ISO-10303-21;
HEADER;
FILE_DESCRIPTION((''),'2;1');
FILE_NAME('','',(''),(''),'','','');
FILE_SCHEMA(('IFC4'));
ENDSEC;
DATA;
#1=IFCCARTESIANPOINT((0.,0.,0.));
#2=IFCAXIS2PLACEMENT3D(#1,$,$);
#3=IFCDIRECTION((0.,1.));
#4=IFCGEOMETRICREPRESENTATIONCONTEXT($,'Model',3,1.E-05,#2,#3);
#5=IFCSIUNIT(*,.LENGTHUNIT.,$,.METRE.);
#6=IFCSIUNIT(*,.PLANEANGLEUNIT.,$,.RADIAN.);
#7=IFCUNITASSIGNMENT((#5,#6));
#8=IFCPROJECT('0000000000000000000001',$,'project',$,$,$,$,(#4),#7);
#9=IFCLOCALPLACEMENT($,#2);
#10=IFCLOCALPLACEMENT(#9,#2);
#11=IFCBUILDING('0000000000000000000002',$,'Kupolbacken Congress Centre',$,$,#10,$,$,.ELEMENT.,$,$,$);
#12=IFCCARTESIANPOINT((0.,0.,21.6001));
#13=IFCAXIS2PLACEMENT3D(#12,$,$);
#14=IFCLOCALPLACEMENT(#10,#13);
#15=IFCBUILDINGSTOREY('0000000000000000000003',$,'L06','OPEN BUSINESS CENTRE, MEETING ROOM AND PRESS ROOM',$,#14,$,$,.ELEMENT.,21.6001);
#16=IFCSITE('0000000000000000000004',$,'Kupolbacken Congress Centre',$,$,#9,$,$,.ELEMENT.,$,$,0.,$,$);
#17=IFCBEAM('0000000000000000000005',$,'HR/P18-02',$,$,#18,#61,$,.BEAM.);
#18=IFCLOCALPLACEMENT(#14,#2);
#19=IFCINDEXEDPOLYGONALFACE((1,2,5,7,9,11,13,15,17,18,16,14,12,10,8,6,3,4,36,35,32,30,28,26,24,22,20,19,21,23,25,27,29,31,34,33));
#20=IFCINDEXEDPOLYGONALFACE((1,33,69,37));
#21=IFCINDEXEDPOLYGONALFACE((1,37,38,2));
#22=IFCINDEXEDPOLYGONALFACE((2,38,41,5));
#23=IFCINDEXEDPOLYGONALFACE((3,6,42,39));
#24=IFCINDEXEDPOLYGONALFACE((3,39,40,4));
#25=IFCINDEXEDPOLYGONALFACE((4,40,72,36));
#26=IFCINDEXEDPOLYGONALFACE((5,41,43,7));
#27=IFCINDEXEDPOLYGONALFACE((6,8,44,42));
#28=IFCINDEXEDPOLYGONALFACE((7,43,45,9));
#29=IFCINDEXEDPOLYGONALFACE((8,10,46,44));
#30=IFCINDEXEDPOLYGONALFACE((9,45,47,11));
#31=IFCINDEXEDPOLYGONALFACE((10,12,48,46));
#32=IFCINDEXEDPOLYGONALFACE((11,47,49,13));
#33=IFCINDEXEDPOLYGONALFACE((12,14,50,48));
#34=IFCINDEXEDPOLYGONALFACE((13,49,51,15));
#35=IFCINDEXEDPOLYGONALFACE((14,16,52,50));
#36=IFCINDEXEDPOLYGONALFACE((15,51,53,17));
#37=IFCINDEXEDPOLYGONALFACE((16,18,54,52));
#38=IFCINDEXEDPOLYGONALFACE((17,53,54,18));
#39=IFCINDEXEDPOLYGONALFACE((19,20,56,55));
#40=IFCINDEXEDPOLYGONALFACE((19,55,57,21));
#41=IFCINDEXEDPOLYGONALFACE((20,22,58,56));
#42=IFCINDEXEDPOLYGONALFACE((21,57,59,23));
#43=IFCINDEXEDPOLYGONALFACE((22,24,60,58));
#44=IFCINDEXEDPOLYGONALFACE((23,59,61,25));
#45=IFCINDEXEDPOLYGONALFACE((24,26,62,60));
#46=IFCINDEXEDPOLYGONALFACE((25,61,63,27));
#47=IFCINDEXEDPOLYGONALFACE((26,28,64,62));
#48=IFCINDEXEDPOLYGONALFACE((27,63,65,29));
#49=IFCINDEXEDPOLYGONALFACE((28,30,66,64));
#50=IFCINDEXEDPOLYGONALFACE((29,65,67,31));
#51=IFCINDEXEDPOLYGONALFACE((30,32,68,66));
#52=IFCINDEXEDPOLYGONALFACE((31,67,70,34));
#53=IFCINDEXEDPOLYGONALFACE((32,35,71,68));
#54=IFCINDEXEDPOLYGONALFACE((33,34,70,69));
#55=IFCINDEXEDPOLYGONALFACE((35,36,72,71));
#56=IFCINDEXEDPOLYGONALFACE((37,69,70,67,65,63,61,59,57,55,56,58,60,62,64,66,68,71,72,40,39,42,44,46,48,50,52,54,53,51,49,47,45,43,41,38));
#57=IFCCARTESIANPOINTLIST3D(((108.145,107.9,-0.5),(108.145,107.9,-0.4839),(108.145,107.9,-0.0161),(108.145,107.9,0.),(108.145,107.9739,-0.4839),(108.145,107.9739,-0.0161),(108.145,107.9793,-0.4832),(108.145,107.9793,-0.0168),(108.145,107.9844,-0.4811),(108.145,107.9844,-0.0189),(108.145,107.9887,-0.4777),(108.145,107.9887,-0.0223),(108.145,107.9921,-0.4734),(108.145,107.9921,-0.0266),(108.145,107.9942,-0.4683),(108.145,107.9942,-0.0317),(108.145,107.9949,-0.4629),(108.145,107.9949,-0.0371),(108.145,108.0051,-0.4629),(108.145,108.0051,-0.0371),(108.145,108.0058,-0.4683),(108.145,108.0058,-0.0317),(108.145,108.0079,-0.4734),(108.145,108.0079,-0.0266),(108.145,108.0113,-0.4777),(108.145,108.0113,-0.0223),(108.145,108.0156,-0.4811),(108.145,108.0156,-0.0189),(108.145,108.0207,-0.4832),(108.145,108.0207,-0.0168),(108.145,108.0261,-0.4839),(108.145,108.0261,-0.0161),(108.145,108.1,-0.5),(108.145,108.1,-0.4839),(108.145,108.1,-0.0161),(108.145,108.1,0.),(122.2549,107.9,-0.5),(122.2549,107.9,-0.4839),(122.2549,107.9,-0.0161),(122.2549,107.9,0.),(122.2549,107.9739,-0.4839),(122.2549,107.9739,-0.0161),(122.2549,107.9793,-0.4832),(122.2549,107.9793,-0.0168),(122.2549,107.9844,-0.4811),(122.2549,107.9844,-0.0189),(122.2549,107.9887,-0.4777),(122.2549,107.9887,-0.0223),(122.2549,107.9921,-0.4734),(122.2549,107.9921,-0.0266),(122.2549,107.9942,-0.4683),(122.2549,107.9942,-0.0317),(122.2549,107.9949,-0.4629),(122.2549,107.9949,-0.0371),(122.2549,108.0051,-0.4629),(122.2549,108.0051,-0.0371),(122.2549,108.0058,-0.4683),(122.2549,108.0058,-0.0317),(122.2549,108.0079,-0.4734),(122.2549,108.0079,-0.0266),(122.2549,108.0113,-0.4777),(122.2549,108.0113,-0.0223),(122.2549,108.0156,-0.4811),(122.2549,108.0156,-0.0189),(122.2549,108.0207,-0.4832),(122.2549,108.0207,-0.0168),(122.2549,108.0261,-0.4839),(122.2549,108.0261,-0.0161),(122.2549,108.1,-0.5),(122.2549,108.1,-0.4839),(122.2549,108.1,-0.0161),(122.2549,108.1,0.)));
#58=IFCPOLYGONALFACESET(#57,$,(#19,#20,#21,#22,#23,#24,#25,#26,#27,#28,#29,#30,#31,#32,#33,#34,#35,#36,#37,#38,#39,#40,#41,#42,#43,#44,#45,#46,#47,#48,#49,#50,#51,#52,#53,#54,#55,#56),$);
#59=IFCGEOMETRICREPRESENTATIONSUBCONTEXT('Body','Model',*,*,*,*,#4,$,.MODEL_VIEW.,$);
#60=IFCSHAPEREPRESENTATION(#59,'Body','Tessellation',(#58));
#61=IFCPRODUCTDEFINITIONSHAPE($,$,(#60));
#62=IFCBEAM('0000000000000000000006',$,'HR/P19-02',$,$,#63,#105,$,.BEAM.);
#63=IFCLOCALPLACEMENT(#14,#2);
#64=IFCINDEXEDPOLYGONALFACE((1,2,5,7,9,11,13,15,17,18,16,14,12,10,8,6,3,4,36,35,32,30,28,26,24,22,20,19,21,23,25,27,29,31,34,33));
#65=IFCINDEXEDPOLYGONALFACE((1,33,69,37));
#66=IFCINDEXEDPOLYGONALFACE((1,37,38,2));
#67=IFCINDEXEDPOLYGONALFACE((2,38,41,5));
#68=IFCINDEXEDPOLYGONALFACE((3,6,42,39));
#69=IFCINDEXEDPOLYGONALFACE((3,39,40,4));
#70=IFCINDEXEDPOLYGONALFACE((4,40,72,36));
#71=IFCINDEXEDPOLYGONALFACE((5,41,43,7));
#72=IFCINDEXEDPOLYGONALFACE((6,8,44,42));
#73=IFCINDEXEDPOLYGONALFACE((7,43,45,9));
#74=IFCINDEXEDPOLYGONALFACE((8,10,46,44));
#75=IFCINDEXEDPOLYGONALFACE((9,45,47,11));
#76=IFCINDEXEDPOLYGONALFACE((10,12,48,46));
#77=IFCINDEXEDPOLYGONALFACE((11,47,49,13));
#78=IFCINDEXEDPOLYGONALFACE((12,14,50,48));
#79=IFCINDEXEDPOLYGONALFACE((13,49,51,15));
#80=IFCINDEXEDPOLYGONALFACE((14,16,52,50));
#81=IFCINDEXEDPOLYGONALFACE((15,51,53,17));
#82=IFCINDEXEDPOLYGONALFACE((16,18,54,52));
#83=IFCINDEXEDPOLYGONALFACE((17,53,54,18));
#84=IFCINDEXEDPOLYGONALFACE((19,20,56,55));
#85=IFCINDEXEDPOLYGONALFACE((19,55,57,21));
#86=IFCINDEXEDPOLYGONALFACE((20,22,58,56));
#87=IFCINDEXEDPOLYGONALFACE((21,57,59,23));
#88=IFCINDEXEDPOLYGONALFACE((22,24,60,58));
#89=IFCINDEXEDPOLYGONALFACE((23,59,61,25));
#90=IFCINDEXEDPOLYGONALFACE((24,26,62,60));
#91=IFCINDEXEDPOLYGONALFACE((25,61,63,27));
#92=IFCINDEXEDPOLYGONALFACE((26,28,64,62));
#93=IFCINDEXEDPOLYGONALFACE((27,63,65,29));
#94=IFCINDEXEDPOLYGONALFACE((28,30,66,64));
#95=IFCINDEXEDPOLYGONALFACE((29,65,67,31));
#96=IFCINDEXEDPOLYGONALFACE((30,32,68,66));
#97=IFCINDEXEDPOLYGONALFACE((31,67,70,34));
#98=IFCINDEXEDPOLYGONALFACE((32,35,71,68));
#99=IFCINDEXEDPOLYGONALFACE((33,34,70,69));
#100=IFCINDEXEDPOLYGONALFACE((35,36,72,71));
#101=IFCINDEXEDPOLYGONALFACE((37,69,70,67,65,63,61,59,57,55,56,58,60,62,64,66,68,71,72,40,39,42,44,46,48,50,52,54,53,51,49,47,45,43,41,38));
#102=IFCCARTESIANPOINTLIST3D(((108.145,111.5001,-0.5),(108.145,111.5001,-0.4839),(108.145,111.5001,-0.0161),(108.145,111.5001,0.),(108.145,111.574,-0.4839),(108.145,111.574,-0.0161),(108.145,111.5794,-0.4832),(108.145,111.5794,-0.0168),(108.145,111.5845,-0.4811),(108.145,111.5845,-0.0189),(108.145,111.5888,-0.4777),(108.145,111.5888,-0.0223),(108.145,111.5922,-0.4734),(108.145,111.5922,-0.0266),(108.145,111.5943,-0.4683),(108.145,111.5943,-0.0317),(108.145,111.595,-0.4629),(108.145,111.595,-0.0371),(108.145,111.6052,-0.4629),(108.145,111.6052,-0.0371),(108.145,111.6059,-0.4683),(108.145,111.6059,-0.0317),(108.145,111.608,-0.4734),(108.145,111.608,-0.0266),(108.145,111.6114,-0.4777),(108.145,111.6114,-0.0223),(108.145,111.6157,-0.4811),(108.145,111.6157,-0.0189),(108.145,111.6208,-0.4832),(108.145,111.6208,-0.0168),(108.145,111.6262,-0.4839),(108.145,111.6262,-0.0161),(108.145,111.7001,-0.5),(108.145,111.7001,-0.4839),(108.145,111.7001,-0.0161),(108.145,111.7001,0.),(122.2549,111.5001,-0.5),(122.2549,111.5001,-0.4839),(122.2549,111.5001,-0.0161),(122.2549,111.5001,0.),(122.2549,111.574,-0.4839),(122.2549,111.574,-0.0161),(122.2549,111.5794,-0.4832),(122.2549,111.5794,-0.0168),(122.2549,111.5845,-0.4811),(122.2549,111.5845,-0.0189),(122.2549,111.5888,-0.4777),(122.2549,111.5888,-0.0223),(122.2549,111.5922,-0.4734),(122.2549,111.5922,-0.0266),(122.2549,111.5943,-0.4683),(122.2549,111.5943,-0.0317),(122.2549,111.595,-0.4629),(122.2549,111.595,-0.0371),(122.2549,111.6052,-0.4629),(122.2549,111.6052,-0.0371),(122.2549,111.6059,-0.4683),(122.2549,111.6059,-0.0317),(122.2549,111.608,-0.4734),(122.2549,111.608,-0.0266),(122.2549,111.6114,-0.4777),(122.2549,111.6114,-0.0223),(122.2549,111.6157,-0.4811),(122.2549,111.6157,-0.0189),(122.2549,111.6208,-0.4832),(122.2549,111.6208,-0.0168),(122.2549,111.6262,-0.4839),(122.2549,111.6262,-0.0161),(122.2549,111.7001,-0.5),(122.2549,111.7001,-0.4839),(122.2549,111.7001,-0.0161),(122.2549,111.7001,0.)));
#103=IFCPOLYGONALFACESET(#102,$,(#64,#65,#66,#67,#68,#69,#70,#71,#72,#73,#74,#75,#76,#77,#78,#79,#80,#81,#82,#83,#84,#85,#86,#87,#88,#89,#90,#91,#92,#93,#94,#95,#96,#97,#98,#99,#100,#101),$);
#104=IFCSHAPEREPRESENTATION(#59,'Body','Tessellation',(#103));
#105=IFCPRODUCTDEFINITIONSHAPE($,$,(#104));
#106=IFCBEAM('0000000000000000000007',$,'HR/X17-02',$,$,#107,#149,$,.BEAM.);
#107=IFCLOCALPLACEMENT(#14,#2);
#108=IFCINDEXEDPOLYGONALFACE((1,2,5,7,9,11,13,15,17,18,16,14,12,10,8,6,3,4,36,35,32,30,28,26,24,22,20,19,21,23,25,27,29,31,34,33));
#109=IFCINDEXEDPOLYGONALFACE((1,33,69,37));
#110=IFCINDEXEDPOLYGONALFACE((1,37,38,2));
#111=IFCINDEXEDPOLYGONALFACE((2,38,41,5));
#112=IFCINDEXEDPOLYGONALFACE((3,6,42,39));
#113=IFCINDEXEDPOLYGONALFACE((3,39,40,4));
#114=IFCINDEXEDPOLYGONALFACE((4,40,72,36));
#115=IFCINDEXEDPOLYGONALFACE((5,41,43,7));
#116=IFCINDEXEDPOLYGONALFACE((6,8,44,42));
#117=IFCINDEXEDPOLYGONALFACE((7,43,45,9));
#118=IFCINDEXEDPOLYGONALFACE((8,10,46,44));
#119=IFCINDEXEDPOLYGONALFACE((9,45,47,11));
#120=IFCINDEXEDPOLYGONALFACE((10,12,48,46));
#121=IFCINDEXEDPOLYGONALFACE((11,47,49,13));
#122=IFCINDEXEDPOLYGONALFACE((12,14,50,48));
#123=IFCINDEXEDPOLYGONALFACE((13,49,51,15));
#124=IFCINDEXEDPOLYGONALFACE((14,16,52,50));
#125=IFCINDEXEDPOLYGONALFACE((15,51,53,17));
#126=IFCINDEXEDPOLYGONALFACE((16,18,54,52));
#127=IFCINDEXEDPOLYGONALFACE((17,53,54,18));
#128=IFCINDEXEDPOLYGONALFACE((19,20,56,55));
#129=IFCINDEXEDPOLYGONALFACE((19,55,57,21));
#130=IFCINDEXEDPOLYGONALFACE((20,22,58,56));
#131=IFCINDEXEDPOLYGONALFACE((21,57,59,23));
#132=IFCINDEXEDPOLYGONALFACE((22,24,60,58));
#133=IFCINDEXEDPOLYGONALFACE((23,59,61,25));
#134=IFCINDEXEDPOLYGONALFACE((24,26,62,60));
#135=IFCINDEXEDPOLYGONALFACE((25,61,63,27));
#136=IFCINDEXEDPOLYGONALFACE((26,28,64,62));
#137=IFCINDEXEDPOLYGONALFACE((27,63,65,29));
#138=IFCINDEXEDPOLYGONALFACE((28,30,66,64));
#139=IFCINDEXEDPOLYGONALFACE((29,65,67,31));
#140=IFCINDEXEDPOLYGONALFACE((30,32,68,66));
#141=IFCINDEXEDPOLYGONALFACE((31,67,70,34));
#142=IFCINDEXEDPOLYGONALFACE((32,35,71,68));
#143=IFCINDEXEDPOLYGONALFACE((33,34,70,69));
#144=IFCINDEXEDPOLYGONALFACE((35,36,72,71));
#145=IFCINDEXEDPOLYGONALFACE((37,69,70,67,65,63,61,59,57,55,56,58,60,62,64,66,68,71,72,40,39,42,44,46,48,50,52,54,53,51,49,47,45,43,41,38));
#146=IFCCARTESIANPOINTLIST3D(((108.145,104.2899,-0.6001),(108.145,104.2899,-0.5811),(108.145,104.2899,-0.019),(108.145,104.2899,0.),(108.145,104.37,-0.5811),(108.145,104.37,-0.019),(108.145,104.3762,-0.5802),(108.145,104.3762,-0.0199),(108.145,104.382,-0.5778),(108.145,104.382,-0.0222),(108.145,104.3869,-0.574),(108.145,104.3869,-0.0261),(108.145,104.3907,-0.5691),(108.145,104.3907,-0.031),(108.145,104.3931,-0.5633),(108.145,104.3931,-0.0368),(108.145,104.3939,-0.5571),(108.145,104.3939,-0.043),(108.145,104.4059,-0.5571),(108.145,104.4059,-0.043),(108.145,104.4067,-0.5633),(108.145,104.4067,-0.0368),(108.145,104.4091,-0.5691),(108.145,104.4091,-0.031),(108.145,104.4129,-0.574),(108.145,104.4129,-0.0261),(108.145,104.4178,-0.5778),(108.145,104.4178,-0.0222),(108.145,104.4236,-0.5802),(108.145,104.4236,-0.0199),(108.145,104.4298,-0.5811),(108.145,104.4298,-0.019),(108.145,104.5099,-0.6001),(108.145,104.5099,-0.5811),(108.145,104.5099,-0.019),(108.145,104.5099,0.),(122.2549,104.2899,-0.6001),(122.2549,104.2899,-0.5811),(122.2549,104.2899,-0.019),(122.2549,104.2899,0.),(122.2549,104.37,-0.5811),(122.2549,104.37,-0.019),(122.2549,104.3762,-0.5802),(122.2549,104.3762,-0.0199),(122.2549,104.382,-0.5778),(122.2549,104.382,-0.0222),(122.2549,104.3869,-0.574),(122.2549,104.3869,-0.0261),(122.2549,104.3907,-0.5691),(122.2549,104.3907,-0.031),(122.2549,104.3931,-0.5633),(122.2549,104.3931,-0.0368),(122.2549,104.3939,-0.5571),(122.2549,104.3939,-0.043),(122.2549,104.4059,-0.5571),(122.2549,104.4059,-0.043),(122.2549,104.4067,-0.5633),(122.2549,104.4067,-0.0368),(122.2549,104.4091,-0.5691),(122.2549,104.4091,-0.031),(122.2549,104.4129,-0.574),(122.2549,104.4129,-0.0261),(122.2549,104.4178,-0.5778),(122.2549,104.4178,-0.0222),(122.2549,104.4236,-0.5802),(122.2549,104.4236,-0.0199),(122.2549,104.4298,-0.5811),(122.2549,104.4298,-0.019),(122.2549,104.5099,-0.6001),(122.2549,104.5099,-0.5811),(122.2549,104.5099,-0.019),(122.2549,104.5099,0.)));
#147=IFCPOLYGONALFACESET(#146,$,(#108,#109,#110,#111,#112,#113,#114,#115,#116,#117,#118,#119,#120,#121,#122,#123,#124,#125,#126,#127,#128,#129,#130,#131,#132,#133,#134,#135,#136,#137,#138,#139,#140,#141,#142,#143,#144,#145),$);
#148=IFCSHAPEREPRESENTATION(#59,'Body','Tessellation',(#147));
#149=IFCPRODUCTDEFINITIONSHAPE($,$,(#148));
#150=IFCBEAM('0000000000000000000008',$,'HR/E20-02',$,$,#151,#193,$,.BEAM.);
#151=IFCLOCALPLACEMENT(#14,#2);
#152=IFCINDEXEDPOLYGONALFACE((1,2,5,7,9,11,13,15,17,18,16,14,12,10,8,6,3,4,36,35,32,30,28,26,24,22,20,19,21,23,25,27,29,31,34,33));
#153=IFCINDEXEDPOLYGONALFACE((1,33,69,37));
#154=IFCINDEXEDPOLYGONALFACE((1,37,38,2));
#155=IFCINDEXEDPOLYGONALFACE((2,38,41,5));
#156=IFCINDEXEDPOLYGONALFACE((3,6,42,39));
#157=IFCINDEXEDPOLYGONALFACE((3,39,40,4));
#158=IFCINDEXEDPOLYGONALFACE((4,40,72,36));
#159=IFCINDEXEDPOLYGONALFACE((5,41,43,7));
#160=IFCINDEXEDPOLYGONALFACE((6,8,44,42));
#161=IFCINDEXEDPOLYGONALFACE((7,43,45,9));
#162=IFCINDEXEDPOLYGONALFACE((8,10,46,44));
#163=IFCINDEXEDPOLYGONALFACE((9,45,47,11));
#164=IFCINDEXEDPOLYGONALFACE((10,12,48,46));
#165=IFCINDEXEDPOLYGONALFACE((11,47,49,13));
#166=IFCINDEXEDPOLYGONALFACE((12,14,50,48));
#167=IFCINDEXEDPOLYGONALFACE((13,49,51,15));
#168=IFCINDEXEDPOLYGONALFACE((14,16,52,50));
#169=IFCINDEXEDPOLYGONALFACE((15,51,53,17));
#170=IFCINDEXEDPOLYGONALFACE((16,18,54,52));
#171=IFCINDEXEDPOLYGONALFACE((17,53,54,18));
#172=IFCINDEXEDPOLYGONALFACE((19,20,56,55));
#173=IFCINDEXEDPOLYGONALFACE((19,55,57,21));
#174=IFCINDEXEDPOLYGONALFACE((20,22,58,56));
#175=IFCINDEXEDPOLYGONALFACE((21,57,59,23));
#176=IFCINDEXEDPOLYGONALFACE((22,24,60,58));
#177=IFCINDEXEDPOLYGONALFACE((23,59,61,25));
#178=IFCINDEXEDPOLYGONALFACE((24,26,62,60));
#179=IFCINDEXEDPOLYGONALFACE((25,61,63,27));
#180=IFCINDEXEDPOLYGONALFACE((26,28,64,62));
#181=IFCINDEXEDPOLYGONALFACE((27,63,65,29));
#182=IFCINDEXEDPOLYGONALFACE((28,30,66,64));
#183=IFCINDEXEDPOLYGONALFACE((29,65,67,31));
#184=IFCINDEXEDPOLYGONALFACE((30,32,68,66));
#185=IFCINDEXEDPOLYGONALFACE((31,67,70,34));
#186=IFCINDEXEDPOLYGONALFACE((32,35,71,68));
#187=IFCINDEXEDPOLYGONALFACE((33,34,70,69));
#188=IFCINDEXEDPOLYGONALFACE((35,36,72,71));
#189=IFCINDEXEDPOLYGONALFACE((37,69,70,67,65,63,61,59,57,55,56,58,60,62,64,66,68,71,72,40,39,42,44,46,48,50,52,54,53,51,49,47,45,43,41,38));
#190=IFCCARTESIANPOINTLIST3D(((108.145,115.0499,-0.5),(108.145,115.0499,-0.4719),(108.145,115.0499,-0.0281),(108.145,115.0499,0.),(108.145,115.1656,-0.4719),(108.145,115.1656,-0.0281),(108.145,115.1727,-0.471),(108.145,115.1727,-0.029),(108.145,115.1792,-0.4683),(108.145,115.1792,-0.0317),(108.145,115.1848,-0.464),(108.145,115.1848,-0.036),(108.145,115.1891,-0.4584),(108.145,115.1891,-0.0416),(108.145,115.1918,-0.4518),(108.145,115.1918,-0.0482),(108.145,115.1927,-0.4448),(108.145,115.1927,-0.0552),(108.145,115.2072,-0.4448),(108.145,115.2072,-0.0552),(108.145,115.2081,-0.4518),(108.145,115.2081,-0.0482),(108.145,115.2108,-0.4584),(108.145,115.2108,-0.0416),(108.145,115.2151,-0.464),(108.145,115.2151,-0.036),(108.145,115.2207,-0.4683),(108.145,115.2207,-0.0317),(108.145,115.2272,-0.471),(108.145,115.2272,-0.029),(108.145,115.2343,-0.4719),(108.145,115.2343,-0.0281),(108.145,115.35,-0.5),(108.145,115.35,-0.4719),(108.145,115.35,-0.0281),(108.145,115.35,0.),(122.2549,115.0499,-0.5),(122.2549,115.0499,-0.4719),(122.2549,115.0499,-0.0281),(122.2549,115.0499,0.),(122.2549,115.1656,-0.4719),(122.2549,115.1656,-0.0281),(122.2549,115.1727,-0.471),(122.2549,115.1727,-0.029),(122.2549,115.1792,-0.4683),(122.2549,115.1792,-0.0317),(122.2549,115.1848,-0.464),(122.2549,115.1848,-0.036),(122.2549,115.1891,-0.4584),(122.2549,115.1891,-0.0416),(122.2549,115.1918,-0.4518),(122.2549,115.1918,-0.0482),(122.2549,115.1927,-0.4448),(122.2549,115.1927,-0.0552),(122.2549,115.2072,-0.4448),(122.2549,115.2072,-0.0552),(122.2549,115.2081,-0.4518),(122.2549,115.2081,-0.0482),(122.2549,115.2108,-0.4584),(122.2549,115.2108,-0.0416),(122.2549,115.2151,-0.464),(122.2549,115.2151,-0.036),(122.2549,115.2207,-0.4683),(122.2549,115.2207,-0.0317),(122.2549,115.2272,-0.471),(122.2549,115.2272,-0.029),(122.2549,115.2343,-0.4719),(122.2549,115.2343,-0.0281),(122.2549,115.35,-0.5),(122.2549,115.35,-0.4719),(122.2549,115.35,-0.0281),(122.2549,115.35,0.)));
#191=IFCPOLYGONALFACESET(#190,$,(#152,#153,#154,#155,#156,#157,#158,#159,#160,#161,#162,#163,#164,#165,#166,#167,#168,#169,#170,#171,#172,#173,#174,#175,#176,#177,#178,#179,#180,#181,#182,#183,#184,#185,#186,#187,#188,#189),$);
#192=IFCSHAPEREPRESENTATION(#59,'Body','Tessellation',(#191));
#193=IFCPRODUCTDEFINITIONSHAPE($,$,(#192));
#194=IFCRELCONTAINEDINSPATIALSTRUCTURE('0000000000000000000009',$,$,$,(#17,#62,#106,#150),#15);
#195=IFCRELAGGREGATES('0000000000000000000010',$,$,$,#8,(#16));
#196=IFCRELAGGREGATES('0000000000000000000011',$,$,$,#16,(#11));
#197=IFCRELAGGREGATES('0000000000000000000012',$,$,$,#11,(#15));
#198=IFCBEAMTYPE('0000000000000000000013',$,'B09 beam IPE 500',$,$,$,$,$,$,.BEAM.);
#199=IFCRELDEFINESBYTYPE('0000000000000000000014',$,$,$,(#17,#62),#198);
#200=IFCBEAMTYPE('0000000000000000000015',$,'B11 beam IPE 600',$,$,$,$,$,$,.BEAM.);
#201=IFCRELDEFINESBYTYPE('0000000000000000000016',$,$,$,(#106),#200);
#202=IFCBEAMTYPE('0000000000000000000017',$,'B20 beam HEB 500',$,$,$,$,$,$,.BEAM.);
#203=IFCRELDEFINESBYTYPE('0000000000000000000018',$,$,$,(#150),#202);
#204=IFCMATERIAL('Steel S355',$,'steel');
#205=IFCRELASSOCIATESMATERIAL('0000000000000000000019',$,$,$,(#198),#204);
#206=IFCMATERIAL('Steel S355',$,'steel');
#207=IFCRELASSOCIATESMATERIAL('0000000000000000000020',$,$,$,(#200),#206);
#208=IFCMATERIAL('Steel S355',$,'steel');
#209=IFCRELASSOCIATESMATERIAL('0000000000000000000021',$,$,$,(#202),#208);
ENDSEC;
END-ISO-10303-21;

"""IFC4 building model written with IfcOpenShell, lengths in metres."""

from ifc_helpers import new_model, si_unit, direction, frame, origin, origin_2d, place, context, subcontext, project, spatial, i_section, extrude, material, material_profile, profile_set, type_object, element, save


model = new_model("IFC4")

# Units and contexts
model_context = context("Model", 3, precision=1e-05, world=origin(), true_north=direction((0.0, 1.0)))
body_context = subcontext(model_context, "Body", "Model", "MODEL_VIEW")
ifc_project = project(units=[si_unit("LENGTHUNIT", "METRE"), si_unit("PLANEANGLEUNIT", "RADIAN")], contexts=[model_context])

# Site, building, storey
site_placement = place(None, origin())
site = spatial("IfcSite", under=ifc_project, at=site_placement, Name="Kupolbacken Congress Centre", CompositionType="ELEMENT", RefElevation=0.0)
building_placement = place(site_placement, origin())
building = spatial("IfcBuilding", under=site, at=building_placement, Name="Kupolbacken Congress Centre", CompositionType="ELEMENT")
storey_placement = place(building_placement, frame((0.0, 0.0, 21.6001)))
storey = spatial("IfcBuildingStorey", under=building, at=storey_placement, Name="L06", Description="OPEN BUSINESS CENTRE, MEETING ROOM AND PRESS ROOM", CompositionType="ELEMENT", Elevation=21.6001)

# Beams
ifc_material_1 = material(Name="Steel S355", Category="steel")
ifc_material_profile_1 = material_profile(ifc_material_1, i_section(OverallWidth=0.2, OverallDepth=0.5, WebThickness=0.0103, FlangeThickness=0.0161, FilletRadius=0.021, at=origin_2d()), Name="IPE 500")
ifc_profile_set_1 = profile_set([ifc_material_profile_1], Name="Steel S355")
beam_type_1 = type_object("IfcBeamType", Name="B09 beam IPE 500", PredefinedType="BEAM", material=ifc_profile_set_1)
for number, where, z_axis, x_axis, name in (
    (1, (108.145, 108.0, -0.25), (1.0, 0.0, 0.0), (0.0, 1.0, 0.0), "HR/P18-02"),
    (2, (108.145, 111.6001, -0.25), (1.0, 0.0, 0.0), (0.0, 1.0, 0.0), "HR/P19-02"),
):
    element("IfcBeam", number, at=place(storey_placement, frame(where, z_axis=z_axis, x_axis=x_axis)), inside=storey, type_object=beam_type_1, Name=name, PredefinedType="BEAM", context=body_context, shape_type="SweptSolid", body=[
        extrude(i_section(OverallWidth=0.2, OverallDepth=0.5, WebThickness=0.0103, FlangeThickness=0.0161, FilletRadius=0.021, at=origin_2d()), origin(), (0.0, 0.0, 1.0), 14.1099),
    ])
ifc_material_2 = material(Name="Steel S355", Category="steel")
ifc_material_profile_2 = material_profile(ifc_material_2, i_section(OverallWidth=0.22, OverallDepth=0.6001, WebThickness=0.012, FlangeThickness=0.019, FilletRadius=0.0239, at=origin_2d()), Name="IPE 600")
ifc_profile_set_2 = profile_set([ifc_material_profile_2], Name="Steel S355")
beam_type_2 = type_object("IfcBeamType", Name="B11 beam IPE 600", PredefinedType="BEAM", material=ifc_profile_set_2)
beam_1_placement = place(storey_placement, frame((108.145, 104.3999, -0.3), z_axis=(1.0, 0.0, 0.0), x_axis=(0.0, 1.0, 0.0)))
element("IfcBeam", 3, at=beam_1_placement, inside=storey, type_object=beam_type_2, Name="HR/X17-02", PredefinedType="BEAM", context=body_context, shape_type="SweptSolid", body=[
    extrude(i_section(OverallWidth=0.22, OverallDepth=0.6001, WebThickness=0.012, FlangeThickness=0.019, FilletRadius=0.0239, at=origin_2d()), origin(), (0.0, 0.0, 1.0), 14.1099),
])
ifc_material_3 = material(Name="Steel S355", Category="steel")
ifc_material_profile_3 = material_profile(ifc_material_3, i_section(OverallWidth=0.3, OverallDepth=0.5, WebThickness=0.0144, FlangeThickness=0.0281, FilletRadius=0.0271, at=origin_2d()), Name="HEB 500")
ifc_profile_set_3 = profile_set([ifc_material_profile_3], Name="Steel S355")
beam_type_3 = type_object("IfcBeamType", Name="B20 beam HEB 500", PredefinedType="BEAM", material=ifc_profile_set_3)
beam_2_placement = place(storey_placement, frame((108.145, 115.2, -0.25), z_axis=(1.0, 0.0, 0.0), x_axis=(0.0, 1.0, 0.0)))
element("IfcBeam", 4, at=beam_2_placement, inside=storey, type_object=beam_type_3, Name="HR/E20-02", PredefinedType="BEAM", context=body_context, shape_type="SweptSolid", body=[
    extrude(i_section(OverallWidth=0.3, OverallDepth=0.5, WebThickness=0.0144, FlangeThickness=0.0281, FilletRadius=0.0271, at=origin_2d()), origin(), (0.0, 0.0, 1.0), 14.1099),
])

save(model, "model.ifc")
